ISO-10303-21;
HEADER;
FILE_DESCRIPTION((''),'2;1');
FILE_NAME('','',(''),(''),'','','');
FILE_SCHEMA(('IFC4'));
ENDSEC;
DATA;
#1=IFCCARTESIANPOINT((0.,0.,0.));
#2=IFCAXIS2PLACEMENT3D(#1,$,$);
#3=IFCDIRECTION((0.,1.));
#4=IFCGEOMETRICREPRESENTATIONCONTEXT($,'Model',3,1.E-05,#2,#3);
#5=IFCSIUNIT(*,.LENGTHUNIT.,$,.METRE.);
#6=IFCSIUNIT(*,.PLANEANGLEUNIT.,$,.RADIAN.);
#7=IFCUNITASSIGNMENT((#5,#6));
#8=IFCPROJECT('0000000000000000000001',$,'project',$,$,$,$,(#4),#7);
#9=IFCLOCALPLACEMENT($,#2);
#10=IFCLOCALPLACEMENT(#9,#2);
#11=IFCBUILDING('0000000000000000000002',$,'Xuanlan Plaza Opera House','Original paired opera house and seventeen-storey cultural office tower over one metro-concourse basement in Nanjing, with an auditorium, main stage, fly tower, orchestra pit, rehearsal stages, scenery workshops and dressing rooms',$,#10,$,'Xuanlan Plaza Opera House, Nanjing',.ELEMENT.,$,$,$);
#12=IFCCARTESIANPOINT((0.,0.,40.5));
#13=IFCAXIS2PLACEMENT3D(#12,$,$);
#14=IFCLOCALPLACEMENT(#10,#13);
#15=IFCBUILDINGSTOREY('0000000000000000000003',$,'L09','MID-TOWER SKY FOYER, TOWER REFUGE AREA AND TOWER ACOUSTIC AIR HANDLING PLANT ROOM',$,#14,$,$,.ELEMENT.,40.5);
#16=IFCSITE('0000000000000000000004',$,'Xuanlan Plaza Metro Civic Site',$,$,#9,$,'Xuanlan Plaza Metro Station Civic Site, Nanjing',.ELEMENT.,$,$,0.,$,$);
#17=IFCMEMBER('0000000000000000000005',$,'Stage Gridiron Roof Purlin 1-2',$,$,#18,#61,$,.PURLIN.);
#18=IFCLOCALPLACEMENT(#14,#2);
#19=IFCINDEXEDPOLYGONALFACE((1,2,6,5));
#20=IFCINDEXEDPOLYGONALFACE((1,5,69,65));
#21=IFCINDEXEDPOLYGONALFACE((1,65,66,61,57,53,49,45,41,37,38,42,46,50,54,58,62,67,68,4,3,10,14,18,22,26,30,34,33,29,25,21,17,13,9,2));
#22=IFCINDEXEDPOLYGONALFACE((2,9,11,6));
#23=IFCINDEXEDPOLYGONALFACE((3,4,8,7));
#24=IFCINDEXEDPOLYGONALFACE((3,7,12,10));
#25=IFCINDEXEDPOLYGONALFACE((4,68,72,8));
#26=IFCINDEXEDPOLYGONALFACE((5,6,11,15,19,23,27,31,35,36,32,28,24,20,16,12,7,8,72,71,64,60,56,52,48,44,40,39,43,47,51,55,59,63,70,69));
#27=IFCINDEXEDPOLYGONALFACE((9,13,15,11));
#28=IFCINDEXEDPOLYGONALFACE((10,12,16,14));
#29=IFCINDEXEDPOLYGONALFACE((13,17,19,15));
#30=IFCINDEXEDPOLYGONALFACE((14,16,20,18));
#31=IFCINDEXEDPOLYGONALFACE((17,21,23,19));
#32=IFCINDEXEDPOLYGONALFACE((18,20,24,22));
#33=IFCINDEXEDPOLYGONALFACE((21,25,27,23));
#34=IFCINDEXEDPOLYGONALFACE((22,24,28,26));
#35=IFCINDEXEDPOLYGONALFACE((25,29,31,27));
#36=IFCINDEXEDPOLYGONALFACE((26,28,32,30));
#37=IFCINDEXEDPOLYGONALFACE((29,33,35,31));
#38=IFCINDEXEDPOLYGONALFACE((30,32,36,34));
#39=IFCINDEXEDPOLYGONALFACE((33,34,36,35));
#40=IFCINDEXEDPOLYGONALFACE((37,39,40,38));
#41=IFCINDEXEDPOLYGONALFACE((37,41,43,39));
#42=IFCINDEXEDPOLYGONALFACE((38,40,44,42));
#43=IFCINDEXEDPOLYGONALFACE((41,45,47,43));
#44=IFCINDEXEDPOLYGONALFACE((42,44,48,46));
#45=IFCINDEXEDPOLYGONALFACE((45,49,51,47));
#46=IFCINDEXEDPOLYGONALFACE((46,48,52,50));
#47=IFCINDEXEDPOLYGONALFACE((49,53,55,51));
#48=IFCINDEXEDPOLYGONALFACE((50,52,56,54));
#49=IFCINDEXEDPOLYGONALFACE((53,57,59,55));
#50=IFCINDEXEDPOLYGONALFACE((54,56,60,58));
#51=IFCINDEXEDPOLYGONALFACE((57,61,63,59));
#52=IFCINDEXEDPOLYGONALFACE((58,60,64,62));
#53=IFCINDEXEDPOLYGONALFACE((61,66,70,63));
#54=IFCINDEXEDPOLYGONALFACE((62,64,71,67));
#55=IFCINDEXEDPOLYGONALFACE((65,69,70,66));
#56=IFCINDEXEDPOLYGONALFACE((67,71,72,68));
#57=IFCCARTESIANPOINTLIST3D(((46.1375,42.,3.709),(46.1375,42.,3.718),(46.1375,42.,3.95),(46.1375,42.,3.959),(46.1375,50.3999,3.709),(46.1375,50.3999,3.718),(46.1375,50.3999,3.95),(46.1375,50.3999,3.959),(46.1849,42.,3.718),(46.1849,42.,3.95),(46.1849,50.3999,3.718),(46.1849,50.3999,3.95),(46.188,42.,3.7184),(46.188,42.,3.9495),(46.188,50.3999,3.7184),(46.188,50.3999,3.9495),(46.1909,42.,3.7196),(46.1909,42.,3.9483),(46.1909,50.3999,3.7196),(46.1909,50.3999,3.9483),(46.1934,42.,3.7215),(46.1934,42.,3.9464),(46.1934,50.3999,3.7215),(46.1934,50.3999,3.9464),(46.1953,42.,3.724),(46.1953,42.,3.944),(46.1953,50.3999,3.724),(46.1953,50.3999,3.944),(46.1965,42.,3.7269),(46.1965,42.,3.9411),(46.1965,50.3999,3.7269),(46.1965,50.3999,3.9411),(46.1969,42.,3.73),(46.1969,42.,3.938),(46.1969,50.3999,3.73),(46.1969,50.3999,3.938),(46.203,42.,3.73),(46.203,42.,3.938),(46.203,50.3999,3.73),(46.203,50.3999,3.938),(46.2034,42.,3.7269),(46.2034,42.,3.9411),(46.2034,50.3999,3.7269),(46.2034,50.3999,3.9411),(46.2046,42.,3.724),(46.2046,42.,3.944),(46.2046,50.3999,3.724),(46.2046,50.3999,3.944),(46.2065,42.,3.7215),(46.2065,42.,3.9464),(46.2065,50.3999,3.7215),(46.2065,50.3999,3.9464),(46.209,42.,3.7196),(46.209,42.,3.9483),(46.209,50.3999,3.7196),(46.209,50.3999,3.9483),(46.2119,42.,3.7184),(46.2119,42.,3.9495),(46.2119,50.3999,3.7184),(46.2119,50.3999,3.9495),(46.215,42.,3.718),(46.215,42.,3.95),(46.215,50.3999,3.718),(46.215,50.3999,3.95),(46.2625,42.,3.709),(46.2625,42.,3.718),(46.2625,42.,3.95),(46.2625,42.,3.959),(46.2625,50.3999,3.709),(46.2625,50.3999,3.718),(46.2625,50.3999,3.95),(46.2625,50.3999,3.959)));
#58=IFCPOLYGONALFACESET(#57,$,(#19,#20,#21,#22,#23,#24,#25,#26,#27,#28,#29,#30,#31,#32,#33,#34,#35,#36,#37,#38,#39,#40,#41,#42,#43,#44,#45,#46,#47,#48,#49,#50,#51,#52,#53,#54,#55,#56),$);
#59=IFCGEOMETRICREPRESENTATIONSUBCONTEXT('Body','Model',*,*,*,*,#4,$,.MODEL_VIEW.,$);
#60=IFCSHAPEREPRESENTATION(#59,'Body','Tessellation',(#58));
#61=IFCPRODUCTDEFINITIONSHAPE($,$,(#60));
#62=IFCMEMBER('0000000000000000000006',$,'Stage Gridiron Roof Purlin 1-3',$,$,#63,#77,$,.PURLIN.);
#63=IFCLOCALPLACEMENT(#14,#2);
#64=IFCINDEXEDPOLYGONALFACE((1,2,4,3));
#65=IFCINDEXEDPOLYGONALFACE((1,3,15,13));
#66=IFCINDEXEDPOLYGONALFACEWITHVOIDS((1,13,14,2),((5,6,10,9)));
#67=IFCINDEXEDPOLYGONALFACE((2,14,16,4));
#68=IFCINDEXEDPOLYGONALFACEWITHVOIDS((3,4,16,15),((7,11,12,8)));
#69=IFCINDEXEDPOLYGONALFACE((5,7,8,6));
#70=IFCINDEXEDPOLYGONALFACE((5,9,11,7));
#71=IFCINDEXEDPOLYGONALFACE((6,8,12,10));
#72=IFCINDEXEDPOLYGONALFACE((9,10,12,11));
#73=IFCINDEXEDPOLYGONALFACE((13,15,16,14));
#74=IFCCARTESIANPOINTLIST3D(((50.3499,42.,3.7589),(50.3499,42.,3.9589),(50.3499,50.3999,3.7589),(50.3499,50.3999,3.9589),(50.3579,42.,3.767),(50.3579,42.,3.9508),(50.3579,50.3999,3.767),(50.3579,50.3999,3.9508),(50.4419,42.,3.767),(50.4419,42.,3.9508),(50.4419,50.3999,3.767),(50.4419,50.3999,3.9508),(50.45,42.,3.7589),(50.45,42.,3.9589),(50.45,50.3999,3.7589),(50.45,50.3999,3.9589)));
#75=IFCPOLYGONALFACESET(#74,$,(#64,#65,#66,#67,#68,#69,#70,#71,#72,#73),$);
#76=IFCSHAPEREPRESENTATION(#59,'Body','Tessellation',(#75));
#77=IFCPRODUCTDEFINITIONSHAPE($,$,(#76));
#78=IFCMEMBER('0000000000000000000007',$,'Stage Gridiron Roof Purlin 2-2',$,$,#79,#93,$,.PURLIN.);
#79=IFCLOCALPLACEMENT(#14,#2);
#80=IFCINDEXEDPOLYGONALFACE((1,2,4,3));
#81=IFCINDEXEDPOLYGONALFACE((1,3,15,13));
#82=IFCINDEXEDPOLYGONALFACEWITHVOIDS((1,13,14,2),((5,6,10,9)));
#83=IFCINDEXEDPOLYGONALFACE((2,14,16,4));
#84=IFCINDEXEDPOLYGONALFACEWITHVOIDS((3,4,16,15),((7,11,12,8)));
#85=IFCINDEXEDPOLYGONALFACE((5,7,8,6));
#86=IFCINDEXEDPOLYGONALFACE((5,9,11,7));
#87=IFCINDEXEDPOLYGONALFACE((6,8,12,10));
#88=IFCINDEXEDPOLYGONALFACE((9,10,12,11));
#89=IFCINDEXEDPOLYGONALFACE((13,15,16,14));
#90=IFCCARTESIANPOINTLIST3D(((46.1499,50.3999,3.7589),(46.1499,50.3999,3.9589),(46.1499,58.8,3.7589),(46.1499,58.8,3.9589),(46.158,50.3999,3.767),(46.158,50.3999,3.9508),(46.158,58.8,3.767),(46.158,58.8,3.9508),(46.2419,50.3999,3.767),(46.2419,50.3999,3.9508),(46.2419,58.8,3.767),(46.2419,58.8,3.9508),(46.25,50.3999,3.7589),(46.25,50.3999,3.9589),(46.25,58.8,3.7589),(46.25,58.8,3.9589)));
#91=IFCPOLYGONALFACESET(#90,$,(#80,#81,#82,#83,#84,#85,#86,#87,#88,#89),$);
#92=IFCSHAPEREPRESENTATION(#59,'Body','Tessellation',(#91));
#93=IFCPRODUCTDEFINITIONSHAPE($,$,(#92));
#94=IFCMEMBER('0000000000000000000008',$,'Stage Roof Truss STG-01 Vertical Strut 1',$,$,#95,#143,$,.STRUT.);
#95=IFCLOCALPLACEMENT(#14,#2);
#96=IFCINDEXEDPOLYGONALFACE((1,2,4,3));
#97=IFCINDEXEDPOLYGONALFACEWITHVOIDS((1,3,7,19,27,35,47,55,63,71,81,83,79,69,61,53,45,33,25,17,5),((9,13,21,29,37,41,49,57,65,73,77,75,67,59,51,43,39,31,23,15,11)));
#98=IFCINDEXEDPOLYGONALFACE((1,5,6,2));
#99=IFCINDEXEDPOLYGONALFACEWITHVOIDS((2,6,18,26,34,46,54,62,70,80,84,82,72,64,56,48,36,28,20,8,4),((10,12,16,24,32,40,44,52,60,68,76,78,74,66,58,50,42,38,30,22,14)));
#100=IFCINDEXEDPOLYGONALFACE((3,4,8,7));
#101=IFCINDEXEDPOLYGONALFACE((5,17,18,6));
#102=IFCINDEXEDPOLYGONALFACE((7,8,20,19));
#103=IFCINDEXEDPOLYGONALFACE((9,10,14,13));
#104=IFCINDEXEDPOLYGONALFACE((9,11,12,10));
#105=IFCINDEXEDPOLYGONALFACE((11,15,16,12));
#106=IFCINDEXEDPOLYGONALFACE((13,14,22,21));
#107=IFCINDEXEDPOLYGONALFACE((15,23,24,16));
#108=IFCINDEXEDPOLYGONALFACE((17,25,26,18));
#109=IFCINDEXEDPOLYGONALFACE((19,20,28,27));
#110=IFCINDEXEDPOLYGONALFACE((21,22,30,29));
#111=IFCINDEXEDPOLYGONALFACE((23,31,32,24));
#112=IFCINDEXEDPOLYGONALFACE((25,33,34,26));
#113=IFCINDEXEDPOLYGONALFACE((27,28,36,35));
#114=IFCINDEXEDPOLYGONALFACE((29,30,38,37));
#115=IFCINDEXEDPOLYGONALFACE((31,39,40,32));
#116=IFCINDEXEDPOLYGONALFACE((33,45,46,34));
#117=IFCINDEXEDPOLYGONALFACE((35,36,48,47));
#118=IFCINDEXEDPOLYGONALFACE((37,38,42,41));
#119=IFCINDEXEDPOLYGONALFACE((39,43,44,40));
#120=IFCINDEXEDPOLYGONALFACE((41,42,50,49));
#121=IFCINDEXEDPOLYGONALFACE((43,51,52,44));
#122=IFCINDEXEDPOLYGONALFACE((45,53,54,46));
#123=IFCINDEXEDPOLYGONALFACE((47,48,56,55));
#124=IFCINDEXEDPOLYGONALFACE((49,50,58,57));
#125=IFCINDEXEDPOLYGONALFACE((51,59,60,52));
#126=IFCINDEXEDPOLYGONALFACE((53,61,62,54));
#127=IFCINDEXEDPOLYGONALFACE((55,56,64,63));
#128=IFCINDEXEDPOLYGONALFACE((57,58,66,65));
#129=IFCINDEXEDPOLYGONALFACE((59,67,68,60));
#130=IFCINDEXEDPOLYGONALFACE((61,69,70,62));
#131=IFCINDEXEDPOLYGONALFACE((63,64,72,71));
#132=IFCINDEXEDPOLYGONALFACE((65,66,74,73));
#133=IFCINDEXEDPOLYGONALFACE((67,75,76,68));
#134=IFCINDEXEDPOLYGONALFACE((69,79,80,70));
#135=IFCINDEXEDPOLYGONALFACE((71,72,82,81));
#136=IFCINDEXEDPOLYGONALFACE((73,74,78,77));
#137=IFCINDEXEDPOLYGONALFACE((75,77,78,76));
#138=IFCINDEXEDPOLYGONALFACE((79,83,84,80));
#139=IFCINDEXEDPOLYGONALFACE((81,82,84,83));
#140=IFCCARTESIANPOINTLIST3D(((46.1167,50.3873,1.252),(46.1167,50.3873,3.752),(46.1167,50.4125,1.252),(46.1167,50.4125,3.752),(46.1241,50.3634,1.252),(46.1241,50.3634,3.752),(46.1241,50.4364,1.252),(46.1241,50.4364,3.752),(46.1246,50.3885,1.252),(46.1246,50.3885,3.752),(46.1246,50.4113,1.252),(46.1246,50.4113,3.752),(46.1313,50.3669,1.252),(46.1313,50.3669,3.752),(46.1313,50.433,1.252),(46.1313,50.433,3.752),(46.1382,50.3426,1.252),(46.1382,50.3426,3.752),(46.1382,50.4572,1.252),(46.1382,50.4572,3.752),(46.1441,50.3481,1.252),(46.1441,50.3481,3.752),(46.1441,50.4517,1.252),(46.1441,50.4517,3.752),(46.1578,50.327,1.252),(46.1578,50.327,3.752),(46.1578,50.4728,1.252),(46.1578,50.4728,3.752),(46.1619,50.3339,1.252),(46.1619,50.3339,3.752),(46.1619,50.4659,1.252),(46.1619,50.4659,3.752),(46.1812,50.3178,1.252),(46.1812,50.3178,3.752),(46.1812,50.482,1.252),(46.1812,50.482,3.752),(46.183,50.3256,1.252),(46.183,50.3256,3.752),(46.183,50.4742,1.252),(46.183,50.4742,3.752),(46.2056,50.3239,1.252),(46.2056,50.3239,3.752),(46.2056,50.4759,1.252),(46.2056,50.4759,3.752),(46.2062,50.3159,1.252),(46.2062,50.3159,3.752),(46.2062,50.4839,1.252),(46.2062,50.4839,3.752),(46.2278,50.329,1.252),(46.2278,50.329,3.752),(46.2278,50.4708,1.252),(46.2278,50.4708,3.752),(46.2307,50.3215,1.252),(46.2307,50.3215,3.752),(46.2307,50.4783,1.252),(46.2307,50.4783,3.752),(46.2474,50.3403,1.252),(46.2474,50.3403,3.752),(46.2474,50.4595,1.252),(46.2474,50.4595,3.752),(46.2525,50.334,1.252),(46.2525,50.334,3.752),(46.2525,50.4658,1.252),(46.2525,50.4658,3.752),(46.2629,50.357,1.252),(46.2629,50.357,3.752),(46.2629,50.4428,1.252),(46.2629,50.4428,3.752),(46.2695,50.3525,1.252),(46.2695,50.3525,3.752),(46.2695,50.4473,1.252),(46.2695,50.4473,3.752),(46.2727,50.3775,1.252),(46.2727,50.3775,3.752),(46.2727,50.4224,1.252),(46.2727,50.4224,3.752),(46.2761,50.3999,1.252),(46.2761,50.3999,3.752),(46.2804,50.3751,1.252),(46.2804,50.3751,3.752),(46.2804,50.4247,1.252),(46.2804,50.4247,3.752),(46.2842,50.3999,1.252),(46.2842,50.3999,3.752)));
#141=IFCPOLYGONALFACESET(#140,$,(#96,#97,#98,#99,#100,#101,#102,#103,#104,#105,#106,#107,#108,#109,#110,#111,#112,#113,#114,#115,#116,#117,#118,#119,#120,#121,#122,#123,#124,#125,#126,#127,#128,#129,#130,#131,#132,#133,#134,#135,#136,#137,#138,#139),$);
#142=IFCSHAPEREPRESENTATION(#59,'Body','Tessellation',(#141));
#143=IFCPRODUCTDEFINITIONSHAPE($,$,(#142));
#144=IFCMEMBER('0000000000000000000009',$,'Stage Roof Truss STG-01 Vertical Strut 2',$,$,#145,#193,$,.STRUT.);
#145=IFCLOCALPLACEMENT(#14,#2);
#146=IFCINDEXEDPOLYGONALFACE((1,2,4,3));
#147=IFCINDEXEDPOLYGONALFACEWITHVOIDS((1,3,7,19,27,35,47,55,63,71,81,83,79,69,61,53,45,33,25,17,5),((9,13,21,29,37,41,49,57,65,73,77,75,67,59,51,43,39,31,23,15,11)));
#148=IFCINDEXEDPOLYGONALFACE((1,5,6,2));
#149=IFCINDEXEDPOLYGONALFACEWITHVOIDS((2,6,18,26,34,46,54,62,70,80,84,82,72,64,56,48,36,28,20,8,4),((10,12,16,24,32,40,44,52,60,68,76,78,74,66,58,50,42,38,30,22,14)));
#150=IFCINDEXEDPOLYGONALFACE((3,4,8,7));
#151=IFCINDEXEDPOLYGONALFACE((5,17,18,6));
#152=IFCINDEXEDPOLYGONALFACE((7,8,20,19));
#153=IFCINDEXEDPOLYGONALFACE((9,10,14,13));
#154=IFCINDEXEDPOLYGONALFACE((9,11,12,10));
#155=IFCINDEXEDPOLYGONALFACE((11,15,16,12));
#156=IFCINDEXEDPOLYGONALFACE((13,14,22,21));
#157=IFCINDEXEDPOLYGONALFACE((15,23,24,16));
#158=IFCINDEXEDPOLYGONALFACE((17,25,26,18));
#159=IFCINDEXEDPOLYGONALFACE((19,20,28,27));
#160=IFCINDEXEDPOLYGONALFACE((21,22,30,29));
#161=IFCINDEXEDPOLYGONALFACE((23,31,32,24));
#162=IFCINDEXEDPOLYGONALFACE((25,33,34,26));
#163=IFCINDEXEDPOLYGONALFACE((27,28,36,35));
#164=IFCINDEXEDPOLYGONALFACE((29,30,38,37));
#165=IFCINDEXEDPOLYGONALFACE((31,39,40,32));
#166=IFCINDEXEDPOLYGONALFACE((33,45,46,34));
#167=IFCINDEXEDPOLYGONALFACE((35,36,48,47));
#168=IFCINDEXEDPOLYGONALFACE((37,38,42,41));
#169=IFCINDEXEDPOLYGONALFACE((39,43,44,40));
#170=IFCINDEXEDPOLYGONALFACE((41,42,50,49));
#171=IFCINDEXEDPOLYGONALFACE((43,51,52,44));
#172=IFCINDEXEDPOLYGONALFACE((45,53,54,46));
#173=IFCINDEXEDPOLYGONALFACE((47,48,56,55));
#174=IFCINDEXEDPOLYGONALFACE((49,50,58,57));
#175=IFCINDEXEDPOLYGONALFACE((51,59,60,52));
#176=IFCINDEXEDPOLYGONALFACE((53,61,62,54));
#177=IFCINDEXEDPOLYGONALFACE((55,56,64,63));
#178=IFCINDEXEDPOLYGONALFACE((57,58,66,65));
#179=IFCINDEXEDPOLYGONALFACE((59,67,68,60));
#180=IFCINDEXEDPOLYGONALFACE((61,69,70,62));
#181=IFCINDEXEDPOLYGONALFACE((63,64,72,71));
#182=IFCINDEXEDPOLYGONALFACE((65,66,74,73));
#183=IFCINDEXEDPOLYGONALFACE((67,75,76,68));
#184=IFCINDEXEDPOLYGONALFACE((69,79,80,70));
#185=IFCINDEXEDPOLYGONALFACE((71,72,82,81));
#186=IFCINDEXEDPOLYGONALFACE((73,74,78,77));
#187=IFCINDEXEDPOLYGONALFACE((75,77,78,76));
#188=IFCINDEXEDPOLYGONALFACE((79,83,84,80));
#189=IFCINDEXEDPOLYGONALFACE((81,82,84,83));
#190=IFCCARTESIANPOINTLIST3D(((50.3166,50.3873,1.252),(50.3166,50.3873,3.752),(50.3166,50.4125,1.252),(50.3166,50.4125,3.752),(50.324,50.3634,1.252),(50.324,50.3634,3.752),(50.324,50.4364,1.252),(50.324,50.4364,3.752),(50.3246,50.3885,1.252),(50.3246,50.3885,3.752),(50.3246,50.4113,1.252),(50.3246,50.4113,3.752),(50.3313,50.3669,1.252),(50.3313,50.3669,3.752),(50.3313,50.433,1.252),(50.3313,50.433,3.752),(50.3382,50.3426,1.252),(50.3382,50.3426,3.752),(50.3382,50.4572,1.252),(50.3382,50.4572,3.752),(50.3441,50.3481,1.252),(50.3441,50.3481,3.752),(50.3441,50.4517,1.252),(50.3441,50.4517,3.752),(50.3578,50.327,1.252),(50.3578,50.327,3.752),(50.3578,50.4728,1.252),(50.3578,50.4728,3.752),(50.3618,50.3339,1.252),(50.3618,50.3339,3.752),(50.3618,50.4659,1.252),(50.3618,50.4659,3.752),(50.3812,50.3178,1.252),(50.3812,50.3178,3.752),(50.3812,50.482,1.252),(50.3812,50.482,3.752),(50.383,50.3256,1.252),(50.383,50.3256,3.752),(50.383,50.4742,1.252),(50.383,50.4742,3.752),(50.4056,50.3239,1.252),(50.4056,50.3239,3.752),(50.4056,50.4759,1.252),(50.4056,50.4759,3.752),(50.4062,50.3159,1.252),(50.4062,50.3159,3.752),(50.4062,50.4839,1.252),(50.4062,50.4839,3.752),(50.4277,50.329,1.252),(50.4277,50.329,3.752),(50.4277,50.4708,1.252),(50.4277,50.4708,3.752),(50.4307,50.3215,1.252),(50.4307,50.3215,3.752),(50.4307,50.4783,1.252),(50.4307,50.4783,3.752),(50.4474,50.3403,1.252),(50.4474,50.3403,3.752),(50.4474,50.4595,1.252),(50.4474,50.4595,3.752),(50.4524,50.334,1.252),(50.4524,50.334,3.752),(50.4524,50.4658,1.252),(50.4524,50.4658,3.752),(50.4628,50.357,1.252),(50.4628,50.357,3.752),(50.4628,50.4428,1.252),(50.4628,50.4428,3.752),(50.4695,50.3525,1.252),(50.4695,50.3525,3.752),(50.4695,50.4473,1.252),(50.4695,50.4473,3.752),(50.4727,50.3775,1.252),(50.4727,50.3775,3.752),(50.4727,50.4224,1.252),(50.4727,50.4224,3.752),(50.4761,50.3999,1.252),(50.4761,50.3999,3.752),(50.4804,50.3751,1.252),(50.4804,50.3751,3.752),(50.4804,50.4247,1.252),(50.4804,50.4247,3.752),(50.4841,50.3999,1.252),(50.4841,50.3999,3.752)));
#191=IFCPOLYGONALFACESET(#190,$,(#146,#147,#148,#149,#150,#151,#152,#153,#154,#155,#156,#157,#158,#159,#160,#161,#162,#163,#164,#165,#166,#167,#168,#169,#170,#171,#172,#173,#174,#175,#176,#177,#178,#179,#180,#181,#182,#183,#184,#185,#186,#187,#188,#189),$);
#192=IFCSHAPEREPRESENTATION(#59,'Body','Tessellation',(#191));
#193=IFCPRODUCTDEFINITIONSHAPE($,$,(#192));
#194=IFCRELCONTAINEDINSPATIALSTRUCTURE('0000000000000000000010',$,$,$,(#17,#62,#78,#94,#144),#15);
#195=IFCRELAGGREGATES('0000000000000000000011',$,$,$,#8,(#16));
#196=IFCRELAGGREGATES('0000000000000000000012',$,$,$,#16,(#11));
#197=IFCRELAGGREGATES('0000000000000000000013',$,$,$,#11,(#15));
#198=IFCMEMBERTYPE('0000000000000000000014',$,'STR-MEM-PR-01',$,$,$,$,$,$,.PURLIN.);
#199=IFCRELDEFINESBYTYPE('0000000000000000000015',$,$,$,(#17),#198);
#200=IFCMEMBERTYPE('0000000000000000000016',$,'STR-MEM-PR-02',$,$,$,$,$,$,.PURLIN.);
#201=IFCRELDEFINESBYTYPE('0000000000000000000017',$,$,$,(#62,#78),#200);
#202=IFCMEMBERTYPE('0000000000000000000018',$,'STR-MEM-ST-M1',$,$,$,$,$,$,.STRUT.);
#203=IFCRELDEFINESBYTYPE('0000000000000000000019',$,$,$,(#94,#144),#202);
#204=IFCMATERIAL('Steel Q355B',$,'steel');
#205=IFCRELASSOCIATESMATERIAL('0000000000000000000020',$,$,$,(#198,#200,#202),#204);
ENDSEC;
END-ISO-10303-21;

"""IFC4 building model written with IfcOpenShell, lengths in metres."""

from ifc_helpers import new_model, si_unit, direction, frame, origin, origin_2d, place, context, subcontext, project, spatial, hollow_rectangle, hollow_circle, i_section, extrude, material, material_profile, profile_set, type_object, element, save


model = new_model("IFC4")

# Units and contexts
model_context = context("Model", 3, precision=1e-05, world=origin(), true_north=direction((0.0, 1.0)))
body_context = subcontext(model_context, "Body", "Model", "MODEL_VIEW")
ifc_project = project(units=[si_unit("LENGTHUNIT", "METRE"), si_unit("PLANEANGLEUNIT", "RADIAN")], contexts=[model_context])

# Site, building, storey
site_placement = place(None, origin())
site = spatial("IfcSite", under=ifc_project, at=site_placement, Name="Xuanlan Plaza Metro Civic Site", LongName="Xuanlan Plaza Metro Station Civic Site, Nanjing", CompositionType="ELEMENT", RefElevation=0.0)
building_placement = place(site_placement, origin())
building = spatial("IfcBuilding", under=site, at=building_placement, Name="Xuanlan Plaza Opera House", Description="Original paired opera house and seventeen-storey cultural office tower over one metro-concourse basement in Nanjing, with an auditorium, main stage, fly tower, orchestra pit, rehearsal stages, scenery workshops and dressing rooms", LongName="Xuanlan Plaza Opera House, Nanjing", CompositionType="ELEMENT")
storey_placement = place(building_placement, frame((0.0, 0.0, 40.5)))
storey = spatial("IfcBuildingStorey", under=building, at=storey_placement, Name="L09", Description="MID-TOWER SKY FOYER, TOWER REFUGE AREA AND TOWER ACOUSTIC AIR HANDLING PLANT ROOM", CompositionType="ELEMENT", Elevation=40.5)

# Members
ifc_material_1 = material(Name="Steel Q355B", Category="steel")
ifc_material_profile_1 = material_profile(ifc_material_1, i_section(OverallWidth=0.125, OverallDepth=0.25, WebThickness=0.0061, FlangeThickness=0.009, FilletRadius=0.012, at=origin_2d()), Name="HN 250x125x6x9")
ifc_profile_set_1 = profile_set([ifc_material_profile_1], Name="Steel Q355B")
member_type_1 = type_object("IfcMemberType", Name="STR-MEM-PR-01", PredefinedType="PURLIN", material=ifc_profile_set_1)
member_1_placement = place(storey_placement, frame((46.2, 42.0, 3.834), z_axis=(0.0, 1.0, 0.0), x_axis=(-1.0, 0.0, 0.0)))
element("IfcMember", 1, at=member_1_placement, inside=storey, type_object=member_type_1, Name="Stage Gridiron Roof Purlin 1-2", PredefinedType="PURLIN", context=body_context, shape_type="SweptSolid", body=[
    extrude(i_section(OverallWidth=0.125, OverallDepth=0.25, WebThickness=0.0061, FlangeThickness=0.009, FilletRadius=0.012, at=origin_2d()), origin(), (0.0, 0.0, 1.0), 8.3999),
])
ifc_material_profile_2 = material_profile(ifc_material_1, hollow_rectangle(XDim=0.1001, YDim=0.2, WallThickness=0.0081, at=origin_2d()), Name="RHS 200x100x8")
ifc_profile_set_2 = profile_set([ifc_material_profile_2], Name="Steel Q355B")
member_type_2 = type_object("IfcMemberType", Name="STR-MEM-PR-02", PredefinedType="PURLIN", material=ifc_profile_set_2)
member_2_placement = place(storey_placement, frame((50.3999, 42.0, 3.8589), z_axis=(0.0, 1.0, 0.0), x_axis=(-1.0, 0.0, 0.0)))
element("IfcMember", 2, at=member_2_placement, inside=storey, type_object=member_type_2, Name="Stage Gridiron Roof Purlin 1-3", PredefinedType="PURLIN", context=body_context, shape_type="SweptSolid", body=[
    extrude(hollow_rectangle(XDim=0.1001, YDim=0.2, WallThickness=0.0081, at=origin_2d()), origin(), (0.0, 0.0, 1.0), 8.3999),
])
member_3_placement = place(storey_placement, frame((46.2, 50.3999, 3.8589), z_axis=(0.0, 1.0, 0.0), x_axis=(-1.0, 0.0, 0.0)))
element("IfcMember", 3, at=member_3_placement, inside=storey, type_object=member_type_2, Name="Stage Gridiron Roof Purlin 2-2", PredefinedType="PURLIN", context=body_context, shape_type="SweptSolid", body=[
    extrude(hollow_rectangle(XDim=0.1001, YDim=0.2, WallThickness=0.0081, at=origin_2d()), origin(), (0.0, 0.0, 1.0), 8.4001),
])
ifc_material_profile_3 = material_profile(ifc_material_1, hollow_circle(Radius=0.0842, WallThickness=0.0081, at=origin_2d()), Name="CHS 168.3x8")
ifc_profile_set_3 = profile_set([ifc_material_profile_3], Name="Steel Q355B")
member_type_3 = type_object("IfcMemberType", Name="STR-MEM-ST-M1", PredefinedType="STRUT", material=ifc_profile_set_3)
for number, where, z_axis, x_axis, name in (
    (4, (46.2, 50.3999, 1.252), (0.0, 0.0, 1.0), (1.0, 0.0, 0.0), "Stage Roof Truss STG-01 Vertical Strut 1"),
    (5, (50.3999, 50.3999, 1.252), (0.0, 0.0, 1.0), (1.0, 0.0, 0.0), "Stage Roof Truss STG-01 Vertical Strut 2"),
):
    element("IfcMember", number, at=place(storey_placement, frame(where, z_axis=z_axis, x_axis=x_axis)), inside=storey, type_object=member_type_3, Name=name, PredefinedType="STRUT", context=body_context, shape_type="SweptSolid", body=[
        extrude(hollow_circle(Radius=0.0842, WallThickness=0.0081, at=origin_2d()), origin(), (0.0, 0.0, 1.0), 2.5),
    ])

save(model, "model.ifc")
